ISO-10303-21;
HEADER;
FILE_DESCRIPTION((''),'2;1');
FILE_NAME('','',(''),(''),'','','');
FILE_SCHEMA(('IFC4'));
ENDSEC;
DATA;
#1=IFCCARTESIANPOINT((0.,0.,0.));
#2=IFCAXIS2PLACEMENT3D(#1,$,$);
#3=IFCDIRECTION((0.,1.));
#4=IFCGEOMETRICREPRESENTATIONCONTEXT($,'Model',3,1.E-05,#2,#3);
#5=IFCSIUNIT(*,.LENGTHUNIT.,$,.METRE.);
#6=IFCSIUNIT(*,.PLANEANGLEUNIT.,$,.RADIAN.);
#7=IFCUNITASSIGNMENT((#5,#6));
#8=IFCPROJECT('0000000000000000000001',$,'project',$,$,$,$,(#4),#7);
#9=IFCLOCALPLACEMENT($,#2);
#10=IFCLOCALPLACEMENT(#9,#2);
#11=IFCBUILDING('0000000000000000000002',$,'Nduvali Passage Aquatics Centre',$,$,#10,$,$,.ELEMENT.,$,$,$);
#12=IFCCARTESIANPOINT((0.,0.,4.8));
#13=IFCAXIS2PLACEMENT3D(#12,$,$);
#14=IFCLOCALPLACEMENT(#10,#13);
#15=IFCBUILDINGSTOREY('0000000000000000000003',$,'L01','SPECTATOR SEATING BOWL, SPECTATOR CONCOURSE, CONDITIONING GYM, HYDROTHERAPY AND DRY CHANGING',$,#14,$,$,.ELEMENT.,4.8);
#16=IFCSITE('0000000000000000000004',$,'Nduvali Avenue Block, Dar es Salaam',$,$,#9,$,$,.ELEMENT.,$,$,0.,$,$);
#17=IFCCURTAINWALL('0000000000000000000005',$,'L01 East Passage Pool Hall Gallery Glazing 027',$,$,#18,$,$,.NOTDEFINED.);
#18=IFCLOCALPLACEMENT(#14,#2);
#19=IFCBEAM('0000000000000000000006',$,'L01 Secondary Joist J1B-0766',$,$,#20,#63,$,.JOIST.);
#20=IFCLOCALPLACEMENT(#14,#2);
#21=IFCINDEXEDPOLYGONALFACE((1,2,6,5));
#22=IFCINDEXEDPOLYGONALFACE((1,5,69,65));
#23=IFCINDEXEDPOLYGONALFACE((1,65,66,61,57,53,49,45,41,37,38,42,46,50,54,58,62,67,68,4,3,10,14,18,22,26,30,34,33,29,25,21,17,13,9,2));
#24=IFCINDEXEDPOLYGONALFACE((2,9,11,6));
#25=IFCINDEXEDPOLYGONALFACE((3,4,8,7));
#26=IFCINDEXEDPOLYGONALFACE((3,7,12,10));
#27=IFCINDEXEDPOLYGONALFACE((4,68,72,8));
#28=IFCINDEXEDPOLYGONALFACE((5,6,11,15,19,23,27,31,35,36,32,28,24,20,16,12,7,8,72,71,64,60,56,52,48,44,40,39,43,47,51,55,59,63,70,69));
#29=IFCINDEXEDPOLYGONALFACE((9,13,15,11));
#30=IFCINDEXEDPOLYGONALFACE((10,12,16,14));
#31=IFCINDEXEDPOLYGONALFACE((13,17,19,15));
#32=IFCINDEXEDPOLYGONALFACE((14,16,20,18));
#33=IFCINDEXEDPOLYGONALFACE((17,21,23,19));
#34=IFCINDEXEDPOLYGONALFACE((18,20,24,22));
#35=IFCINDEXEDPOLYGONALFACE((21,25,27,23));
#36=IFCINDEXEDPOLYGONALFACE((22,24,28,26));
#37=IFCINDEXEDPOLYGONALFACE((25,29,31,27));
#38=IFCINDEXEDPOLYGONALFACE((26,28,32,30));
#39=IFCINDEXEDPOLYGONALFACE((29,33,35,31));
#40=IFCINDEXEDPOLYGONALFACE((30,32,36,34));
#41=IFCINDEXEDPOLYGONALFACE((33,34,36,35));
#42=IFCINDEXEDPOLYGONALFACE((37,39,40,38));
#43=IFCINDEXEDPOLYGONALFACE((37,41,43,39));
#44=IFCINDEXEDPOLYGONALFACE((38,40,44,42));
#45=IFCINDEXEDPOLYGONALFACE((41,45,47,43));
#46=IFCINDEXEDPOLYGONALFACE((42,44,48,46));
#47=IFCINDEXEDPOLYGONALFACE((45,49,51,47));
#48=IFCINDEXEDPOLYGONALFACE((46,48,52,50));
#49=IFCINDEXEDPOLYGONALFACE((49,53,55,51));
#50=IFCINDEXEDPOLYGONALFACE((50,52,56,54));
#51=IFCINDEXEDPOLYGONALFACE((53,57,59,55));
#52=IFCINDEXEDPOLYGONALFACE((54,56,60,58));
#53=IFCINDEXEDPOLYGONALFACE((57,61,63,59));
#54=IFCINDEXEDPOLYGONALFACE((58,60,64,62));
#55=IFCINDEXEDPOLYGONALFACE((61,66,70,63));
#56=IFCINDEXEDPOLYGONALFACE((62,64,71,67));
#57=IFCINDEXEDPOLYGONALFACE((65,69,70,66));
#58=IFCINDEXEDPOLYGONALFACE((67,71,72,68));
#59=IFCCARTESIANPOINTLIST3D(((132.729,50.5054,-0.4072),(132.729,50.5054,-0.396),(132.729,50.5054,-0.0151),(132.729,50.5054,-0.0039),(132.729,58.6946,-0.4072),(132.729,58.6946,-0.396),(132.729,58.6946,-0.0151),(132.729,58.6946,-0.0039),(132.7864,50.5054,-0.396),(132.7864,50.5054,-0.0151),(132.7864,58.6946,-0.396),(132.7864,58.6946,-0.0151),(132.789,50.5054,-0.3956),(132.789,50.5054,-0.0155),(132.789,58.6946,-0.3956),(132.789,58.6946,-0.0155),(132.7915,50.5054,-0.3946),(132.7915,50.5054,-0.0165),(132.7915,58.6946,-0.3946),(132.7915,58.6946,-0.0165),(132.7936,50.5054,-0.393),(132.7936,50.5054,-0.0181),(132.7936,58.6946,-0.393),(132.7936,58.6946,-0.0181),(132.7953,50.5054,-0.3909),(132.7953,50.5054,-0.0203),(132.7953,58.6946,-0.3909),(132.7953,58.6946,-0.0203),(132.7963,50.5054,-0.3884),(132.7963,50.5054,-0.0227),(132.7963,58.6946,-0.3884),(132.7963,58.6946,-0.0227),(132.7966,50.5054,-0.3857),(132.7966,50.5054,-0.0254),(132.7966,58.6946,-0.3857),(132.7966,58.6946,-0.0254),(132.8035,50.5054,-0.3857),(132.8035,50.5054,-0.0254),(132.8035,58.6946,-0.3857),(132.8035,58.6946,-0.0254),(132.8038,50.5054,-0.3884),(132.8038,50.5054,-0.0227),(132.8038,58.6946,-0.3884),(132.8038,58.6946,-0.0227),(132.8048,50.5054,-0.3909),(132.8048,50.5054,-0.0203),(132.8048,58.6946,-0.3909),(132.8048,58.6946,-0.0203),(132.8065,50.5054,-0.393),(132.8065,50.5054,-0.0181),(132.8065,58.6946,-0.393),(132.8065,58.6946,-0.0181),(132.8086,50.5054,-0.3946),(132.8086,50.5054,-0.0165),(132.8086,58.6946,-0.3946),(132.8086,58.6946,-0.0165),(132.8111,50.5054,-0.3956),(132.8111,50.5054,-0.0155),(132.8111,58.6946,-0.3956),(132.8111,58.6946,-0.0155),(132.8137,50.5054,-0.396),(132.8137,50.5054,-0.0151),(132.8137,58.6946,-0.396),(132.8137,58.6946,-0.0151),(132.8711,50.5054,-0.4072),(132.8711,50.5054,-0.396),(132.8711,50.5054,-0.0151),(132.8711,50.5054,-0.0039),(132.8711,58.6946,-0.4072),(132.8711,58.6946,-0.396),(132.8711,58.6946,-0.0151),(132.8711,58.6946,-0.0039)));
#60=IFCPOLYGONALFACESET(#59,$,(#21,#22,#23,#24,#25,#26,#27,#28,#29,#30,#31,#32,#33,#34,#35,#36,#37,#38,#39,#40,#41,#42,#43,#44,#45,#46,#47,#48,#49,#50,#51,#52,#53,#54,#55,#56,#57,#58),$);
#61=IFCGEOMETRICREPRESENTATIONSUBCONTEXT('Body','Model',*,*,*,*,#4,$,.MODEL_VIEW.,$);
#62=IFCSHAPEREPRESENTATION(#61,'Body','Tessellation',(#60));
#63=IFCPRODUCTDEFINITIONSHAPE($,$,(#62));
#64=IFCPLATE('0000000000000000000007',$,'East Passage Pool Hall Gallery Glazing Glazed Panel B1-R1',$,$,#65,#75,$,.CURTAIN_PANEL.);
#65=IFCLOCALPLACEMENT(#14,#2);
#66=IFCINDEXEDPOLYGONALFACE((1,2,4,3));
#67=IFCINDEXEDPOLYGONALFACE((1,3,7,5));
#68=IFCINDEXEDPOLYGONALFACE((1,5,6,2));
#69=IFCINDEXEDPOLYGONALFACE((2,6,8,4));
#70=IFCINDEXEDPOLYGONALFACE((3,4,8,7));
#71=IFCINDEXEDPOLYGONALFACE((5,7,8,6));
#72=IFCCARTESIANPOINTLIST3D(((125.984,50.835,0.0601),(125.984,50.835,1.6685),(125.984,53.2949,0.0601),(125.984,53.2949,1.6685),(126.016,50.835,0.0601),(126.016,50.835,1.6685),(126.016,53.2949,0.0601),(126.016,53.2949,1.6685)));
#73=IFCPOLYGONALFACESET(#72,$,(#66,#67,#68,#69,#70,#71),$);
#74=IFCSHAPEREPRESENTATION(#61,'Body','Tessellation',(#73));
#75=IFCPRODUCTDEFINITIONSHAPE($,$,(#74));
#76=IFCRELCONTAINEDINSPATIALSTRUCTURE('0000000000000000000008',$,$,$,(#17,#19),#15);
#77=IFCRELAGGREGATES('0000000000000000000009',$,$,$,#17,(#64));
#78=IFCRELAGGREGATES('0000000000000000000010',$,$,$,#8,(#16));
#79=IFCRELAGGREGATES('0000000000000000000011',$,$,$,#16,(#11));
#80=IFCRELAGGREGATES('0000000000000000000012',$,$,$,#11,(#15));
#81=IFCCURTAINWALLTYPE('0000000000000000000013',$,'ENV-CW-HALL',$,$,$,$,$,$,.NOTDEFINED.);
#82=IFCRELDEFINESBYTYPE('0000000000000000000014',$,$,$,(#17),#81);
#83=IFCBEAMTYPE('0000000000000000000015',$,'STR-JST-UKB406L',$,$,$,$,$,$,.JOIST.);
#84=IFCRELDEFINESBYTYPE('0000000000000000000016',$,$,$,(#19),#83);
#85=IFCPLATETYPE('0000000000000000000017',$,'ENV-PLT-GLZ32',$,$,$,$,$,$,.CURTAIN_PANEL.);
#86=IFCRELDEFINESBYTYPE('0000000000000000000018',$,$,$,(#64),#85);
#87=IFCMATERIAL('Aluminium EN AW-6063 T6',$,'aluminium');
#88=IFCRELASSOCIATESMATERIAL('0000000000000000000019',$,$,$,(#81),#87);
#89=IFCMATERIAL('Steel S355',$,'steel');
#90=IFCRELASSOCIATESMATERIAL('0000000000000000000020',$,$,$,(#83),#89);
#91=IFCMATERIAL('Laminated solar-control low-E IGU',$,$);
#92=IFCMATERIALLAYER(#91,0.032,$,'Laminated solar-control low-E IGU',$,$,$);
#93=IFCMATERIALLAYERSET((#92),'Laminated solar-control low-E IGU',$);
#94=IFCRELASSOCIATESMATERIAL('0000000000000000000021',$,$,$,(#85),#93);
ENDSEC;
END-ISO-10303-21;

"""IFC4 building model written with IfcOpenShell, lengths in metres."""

from ifc_helpers import new_model, si_unit, direction, frame, origin, origin_2d, place, context, subcontext, project, spatial, rectangle, i_section, extrude, material, layer, layer_set, material_profile, profile_set, type_object, element, aggregate, save


model = new_model("IFC4")

# Units and contexts
model_context = context("Model", 3, precision=1e-05, world=origin(), true_north=direction((0.0, 1.0)))
body_context = subcontext(model_context, "Body", "Model", "MODEL_VIEW")
ifc_project = project(units=[si_unit("LENGTHUNIT", "METRE"), si_unit("PLANEANGLEUNIT", "RADIAN")], contexts=[model_context])

# Site, building, storey
site_placement = place(None, origin())
site = spatial("IfcSite", under=ifc_project, at=site_placement, Name="Nduvali Avenue Block, Dar es Salaam", CompositionType="ELEMENT", RefElevation=0.0)
building_placement = place(site_placement, origin())
building = spatial("IfcBuilding", under=site, at=building_placement, Name="Nduvali Passage Aquatics Centre", CompositionType="ELEMENT")
storey_placement = place(building_placement, frame((0.0, 0.0, 4.8)))
storey = spatial("IfcBuildingStorey", under=building, at=storey_placement, Name="L01", Description="SPECTATOR SEATING BOWL, SPECTATOR CONCOURSE, CONDITIONING GYM, HYDROTHERAPY AND DRY CHANGING", CompositionType="ELEMENT", Elevation=4.8)

# Curtain wall
ifc_material_1 = material(Name="Aluminium EN AW-6063 T6", Category="aluminium")
curtain_wall_type = type_object("IfcCurtainWallType", Name="ENV-CW-HALL", PredefinedType="NOTDEFINED", material=ifc_material_1)
curtain_wall_placement = place(storey_placement, origin())
curtain_wall = element("IfcCurtainWall", 1, at=curtain_wall_placement, inside=storey, type_object=curtain_wall_type, Name="L01 East Passage Pool Hall Gallery Glazing 027", PredefinedType="NOTDEFINED")

# Beam
ifc_material_2 = material(Name="Steel S355", Category="steel")
ifc_material_profile_1 = material_profile(ifc_material_2, i_section(OverallWidth=0.1421, OverallDepth=0.4033, WebThickness=0.0068, FlangeThickness=0.0112, FilletRadius=0.0103, at=origin_2d()), Name="UKB 406x140x46")
ifc_profile_set_1 = profile_set([ifc_material_profile_1], Name="Steel S355")
beam_type_1 = type_object("IfcBeamType", Name="STR-JST-UKB406L", PredefinedType="JOIST", material=ifc_profile_set_1)
beam_1_placement = place(storey_placement, frame((132.8, 50.5054, -0.2056), z_axis=(0.0, 1.0, 0.0), x_axis=(-1.0, 0.0, 0.0)))
element("IfcBeam", 2, at=beam_1_placement, inside=storey, type_object=beam_type_1, Name="L01 Secondary Joist J1B-0766", PredefinedType="JOIST", context=body_context, shape_type="SweptSolid", body=[
    extrude(i_section(OverallWidth=0.1421, OverallDepth=0.4033, WebThickness=0.0068, FlangeThickness=0.0112, FilletRadius=0.0103, at=origin_2d()), origin(), (0.0, 0.0, 1.0), 8.1892),
])

# Plate
ifc_material_3 = material(Name="Laminated solar-control low-E IGU")
ifc_layer = layer(ifc_material_3, 0.032, Name="Laminated solar-control low-E IGU")
ifc_layer_set = layer_set([ifc_layer], Name="Laminated solar-control low-E IGU")
plate_type = type_object("IfcPlateType", Name="ENV-PLT-GLZ32", PredefinedType="CURTAIN_PANEL", material=ifc_layer_set)
plate_placement = place(storey_placement, frame((126.0, 52.0649, 0.0601), z_axis=(0.0, 0.0, 1.0), x_axis=(0.0, 1.0, 0.0)))
plate = element("IfcPlate", 3, at=plate_placement, type_object=plate_type, Name="East Passage Pool Hall Gallery Glazing Glazed Panel B1-R1", PredefinedType="CURTAIN_PANEL", context=body_context, shape_type="SweptSolid", body=[
    extrude(rectangle(XDim=2.46, YDim=0.032, at=origin_2d()), origin(), (0.0, 0.0, 1.0), 1.6084),
])
aggregate(curtain_wall, [plate])

save(model, "model.ifc")
